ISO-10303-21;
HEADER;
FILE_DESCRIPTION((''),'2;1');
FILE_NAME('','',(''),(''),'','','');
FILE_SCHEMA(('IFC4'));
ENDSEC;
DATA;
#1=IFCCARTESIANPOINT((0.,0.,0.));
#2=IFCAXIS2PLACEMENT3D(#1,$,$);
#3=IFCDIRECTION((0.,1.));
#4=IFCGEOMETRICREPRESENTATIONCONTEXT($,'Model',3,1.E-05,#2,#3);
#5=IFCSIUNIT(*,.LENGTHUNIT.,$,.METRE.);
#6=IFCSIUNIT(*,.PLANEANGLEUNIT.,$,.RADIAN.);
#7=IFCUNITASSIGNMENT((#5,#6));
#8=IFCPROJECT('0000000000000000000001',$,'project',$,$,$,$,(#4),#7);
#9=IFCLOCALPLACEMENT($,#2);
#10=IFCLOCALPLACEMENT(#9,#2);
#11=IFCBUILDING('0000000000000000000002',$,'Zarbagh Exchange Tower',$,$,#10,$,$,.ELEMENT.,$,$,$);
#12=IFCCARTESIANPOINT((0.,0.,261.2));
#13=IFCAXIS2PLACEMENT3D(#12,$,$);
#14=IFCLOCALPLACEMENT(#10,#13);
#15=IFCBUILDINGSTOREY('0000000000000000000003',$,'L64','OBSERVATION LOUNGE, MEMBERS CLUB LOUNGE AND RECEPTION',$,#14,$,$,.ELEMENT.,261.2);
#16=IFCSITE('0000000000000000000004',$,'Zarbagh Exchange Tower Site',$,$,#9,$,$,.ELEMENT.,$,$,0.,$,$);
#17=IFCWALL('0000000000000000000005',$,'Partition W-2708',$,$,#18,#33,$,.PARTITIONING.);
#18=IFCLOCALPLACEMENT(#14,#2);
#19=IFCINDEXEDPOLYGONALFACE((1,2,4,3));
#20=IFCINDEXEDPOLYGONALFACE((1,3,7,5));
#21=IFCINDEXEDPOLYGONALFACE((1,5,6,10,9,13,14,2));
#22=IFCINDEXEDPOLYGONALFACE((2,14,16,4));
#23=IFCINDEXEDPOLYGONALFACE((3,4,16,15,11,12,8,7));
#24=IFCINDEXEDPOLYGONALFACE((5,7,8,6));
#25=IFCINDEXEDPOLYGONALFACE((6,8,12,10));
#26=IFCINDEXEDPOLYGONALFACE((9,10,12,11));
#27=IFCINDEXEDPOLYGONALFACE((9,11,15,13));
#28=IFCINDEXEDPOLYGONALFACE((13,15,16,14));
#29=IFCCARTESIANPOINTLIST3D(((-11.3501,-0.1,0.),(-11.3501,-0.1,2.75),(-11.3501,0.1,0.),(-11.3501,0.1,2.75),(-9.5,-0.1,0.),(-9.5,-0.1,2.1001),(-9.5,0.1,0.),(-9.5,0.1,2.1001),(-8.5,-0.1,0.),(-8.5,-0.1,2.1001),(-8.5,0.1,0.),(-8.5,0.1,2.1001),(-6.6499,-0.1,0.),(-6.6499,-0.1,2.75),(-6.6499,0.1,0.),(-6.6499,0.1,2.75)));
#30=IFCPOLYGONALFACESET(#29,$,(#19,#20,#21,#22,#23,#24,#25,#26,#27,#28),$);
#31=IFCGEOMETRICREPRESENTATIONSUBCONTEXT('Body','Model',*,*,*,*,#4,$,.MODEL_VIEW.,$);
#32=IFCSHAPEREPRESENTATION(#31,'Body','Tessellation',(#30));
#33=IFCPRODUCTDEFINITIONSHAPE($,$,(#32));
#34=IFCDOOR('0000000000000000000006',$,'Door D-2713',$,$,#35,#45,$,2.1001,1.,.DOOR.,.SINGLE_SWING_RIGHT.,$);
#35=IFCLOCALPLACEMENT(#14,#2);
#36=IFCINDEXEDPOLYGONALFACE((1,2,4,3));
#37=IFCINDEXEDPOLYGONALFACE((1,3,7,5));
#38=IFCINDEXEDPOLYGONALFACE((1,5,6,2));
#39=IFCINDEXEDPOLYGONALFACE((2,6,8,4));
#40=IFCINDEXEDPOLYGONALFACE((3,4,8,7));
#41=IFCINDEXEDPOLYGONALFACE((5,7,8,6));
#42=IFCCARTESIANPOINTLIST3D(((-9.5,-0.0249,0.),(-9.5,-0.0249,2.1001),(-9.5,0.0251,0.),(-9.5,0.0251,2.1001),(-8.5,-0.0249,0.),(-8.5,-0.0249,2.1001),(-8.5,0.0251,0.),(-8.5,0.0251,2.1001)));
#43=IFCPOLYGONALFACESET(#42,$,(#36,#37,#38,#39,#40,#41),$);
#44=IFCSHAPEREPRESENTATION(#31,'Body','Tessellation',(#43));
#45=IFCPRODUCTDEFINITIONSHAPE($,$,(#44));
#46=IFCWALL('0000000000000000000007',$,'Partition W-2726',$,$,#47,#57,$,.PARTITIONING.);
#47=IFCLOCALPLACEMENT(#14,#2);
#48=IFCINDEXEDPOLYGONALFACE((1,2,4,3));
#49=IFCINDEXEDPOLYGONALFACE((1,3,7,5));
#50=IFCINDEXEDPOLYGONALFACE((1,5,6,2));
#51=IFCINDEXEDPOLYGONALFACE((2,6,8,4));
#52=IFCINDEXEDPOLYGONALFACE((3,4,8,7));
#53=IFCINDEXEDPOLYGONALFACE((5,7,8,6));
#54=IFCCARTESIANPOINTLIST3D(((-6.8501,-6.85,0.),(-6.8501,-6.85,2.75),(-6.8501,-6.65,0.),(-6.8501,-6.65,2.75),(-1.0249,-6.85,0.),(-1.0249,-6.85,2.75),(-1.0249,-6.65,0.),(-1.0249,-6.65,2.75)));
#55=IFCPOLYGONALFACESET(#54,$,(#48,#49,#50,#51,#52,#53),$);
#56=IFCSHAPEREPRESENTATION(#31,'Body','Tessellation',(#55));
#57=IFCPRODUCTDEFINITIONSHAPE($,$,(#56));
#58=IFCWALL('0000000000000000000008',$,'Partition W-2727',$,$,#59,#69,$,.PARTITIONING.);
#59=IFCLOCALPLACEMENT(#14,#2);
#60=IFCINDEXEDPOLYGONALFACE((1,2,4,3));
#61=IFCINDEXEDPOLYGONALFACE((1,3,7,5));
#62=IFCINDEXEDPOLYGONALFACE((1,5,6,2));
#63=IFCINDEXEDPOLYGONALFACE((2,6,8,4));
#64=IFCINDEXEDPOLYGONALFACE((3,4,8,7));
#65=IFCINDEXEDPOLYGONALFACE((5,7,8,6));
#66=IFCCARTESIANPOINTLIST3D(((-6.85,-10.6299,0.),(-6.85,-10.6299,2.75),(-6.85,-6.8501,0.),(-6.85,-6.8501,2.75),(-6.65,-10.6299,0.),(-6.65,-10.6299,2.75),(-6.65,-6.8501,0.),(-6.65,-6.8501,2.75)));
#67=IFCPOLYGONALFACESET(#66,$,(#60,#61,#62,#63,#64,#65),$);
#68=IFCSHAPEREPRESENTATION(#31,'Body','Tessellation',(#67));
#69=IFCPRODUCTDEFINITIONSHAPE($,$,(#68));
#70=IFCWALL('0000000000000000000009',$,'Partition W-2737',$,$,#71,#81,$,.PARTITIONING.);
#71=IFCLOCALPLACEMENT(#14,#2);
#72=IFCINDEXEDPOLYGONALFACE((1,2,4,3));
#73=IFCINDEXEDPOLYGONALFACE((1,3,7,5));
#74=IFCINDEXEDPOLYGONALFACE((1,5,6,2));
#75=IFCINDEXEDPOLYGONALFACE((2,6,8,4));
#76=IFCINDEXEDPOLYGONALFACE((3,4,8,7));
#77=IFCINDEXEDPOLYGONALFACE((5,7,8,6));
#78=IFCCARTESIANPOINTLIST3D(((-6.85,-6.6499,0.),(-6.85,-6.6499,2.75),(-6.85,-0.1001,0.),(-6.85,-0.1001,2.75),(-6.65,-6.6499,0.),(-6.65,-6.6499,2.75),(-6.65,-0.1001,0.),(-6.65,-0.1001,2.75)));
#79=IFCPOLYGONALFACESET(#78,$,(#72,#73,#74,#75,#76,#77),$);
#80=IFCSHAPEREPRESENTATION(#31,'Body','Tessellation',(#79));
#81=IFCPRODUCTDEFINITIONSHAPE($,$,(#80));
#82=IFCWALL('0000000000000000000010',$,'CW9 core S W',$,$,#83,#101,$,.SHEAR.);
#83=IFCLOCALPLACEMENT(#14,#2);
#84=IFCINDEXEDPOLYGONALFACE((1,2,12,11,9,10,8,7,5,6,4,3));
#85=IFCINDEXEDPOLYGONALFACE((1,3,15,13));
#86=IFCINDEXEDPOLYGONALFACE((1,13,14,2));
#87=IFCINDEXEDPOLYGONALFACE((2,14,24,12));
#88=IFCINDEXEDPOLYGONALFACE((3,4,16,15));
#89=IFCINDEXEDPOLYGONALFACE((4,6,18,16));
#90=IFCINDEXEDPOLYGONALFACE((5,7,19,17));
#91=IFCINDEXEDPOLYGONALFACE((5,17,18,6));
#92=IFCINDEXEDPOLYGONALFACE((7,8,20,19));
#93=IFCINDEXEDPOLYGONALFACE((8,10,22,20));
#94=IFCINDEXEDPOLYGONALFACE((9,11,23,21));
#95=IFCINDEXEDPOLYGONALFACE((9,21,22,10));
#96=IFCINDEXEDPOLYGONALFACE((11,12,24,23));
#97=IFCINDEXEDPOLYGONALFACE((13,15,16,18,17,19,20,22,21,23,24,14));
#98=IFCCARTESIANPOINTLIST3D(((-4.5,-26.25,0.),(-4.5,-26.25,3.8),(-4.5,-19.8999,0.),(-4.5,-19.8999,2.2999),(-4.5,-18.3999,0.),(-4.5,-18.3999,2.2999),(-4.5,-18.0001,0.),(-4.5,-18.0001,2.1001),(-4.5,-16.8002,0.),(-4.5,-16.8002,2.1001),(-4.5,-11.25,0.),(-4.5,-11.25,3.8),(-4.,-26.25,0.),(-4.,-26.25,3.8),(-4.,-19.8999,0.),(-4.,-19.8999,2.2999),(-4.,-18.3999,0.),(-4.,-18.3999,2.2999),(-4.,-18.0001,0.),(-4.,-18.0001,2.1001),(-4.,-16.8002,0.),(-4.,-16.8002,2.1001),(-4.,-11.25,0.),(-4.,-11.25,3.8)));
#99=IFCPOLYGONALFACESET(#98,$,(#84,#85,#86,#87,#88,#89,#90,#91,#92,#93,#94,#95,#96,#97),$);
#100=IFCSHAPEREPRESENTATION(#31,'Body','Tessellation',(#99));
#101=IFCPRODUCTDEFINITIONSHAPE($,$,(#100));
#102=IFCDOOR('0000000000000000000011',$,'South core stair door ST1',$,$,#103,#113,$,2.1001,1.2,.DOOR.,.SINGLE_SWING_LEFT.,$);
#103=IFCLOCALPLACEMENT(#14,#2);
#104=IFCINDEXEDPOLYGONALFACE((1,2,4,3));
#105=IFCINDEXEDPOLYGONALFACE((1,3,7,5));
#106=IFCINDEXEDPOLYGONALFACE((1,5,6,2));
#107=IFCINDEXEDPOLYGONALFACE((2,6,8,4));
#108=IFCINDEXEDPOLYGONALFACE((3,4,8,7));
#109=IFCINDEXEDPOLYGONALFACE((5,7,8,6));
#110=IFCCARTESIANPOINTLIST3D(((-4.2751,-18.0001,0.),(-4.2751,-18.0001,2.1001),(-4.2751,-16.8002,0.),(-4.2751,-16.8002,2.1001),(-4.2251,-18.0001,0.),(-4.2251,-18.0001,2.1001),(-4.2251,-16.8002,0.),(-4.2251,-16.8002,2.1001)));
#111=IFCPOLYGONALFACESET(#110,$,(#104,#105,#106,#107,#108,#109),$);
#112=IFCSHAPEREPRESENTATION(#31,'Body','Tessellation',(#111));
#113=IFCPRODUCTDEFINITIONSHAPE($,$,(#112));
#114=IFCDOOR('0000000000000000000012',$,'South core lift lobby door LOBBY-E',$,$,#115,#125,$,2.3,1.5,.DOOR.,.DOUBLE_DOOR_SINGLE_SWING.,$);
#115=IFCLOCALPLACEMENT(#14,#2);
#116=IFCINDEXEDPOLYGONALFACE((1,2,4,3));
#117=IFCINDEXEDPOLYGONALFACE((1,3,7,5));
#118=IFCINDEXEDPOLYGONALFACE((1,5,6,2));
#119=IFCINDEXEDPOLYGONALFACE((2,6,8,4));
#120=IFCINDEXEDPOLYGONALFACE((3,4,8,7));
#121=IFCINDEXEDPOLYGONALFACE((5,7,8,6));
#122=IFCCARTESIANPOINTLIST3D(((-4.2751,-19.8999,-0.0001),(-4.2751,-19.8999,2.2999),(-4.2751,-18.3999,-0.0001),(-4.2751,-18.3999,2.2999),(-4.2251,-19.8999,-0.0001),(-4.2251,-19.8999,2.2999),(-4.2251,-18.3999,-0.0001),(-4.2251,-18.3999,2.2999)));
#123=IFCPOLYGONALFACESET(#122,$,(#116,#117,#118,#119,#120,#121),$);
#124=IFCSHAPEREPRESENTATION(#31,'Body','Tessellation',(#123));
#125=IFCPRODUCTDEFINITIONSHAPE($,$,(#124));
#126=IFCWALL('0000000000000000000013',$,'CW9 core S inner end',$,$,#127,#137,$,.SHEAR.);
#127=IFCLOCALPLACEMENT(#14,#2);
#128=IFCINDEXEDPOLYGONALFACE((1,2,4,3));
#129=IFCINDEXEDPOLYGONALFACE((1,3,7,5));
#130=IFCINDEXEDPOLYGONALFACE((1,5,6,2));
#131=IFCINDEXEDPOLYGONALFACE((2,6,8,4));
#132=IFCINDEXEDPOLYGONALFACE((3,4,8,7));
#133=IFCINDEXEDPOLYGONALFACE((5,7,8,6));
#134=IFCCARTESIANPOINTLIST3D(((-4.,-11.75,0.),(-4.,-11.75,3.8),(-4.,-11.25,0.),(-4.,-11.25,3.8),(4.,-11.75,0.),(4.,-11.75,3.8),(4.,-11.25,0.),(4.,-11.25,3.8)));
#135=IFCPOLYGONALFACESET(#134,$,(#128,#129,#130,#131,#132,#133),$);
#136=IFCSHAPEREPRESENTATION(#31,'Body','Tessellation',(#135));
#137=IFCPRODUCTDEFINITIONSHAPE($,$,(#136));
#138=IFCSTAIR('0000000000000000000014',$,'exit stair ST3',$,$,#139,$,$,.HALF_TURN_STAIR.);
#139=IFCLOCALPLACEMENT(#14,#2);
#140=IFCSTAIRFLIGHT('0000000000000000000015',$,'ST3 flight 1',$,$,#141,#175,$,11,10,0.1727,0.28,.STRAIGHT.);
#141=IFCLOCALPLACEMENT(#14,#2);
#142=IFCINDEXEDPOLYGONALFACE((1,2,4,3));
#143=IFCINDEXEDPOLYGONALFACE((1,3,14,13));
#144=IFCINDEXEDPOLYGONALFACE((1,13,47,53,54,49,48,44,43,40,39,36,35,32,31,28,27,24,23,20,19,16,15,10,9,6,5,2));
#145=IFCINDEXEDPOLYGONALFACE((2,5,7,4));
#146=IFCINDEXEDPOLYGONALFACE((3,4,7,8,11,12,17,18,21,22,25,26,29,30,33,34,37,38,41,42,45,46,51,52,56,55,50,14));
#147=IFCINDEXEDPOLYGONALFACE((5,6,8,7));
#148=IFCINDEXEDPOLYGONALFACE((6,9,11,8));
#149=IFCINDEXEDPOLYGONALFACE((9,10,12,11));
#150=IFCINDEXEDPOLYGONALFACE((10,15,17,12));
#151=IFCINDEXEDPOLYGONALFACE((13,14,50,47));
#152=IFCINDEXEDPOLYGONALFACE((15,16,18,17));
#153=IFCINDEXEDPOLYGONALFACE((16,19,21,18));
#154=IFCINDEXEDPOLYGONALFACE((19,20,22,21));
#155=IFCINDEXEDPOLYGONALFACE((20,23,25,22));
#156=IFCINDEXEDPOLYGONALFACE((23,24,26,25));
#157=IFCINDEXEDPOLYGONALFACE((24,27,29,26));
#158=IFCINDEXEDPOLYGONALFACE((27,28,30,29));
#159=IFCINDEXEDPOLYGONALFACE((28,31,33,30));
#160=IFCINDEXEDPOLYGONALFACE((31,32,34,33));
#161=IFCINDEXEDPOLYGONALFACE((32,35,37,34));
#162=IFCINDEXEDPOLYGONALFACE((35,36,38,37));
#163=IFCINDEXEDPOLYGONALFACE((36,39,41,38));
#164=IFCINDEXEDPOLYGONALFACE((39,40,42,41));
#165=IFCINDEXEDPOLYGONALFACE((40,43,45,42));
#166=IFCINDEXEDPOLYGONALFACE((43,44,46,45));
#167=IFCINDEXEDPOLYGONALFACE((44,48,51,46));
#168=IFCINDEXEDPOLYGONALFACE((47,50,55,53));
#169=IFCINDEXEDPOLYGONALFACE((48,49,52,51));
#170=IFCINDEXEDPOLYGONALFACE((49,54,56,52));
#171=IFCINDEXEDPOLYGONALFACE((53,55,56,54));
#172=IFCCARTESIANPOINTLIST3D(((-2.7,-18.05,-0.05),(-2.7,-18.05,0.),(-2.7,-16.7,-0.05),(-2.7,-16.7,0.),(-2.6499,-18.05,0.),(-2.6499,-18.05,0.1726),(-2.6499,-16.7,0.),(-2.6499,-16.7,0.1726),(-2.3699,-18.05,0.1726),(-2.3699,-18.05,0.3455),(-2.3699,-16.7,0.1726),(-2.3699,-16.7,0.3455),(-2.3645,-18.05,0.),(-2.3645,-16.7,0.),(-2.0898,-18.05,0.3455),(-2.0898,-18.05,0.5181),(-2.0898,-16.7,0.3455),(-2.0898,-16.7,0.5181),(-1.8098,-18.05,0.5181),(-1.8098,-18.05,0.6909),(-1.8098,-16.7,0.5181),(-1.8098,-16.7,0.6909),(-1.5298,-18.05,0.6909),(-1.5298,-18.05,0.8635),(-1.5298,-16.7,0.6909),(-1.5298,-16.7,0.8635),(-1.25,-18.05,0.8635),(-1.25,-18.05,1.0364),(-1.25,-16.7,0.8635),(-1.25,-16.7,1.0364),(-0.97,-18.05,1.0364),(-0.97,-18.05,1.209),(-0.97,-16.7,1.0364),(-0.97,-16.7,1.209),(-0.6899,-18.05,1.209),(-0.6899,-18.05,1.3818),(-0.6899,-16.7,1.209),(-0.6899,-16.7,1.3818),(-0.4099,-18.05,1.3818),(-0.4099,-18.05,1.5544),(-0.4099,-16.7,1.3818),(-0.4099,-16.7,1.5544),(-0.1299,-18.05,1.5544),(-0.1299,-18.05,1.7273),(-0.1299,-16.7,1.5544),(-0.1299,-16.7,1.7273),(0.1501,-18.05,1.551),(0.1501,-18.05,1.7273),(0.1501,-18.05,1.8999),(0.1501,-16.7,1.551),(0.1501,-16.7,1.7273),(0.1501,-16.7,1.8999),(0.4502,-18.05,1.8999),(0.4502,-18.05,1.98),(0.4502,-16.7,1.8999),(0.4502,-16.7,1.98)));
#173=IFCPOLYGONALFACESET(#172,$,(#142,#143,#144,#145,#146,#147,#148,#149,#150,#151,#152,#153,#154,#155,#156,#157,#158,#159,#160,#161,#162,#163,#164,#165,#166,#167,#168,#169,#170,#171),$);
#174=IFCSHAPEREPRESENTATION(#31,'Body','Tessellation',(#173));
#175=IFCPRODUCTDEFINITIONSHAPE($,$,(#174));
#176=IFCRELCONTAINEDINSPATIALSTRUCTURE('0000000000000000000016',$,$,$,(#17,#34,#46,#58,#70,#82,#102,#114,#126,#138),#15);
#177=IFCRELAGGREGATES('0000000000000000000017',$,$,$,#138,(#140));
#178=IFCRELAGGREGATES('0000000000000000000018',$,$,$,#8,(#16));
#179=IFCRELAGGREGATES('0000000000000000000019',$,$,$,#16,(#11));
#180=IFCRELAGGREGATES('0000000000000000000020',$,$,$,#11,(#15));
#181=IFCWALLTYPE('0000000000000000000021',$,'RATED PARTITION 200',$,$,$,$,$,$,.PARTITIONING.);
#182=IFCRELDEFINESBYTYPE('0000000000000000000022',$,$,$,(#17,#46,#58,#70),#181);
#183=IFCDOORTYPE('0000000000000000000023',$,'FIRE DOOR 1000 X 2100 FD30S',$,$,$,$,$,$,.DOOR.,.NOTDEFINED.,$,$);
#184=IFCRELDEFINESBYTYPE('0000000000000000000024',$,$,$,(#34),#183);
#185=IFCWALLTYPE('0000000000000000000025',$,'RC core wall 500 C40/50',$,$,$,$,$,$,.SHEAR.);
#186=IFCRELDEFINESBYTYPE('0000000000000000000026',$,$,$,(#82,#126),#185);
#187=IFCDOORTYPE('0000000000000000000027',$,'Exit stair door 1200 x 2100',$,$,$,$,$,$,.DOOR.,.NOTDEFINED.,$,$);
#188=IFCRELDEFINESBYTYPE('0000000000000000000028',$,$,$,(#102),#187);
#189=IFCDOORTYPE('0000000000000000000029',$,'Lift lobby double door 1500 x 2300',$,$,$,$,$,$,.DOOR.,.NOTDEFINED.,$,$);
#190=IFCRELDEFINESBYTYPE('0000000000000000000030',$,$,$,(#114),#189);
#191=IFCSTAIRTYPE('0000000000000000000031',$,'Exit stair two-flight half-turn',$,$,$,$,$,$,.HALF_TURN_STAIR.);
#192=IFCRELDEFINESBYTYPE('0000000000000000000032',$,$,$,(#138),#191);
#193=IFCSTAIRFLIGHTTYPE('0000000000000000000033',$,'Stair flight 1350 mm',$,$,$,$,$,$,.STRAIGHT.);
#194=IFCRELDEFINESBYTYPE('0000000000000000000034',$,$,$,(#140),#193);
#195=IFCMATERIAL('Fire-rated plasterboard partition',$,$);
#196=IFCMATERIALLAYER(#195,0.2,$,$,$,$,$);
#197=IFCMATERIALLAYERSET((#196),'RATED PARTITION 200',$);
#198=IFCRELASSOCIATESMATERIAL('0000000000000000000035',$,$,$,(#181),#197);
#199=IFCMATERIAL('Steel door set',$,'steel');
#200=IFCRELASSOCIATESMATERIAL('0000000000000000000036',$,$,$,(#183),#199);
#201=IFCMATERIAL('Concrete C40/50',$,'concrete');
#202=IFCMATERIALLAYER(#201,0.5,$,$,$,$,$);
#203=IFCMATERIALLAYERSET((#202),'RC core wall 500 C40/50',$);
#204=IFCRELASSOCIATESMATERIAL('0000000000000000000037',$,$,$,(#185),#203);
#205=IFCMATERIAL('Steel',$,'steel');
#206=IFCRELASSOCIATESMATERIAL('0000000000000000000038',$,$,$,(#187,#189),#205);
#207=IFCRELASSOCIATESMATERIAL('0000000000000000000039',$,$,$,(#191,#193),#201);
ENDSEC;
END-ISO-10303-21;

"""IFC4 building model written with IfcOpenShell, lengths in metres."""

from ifc_helpers import new_model, si_unit, direction, frame, frame_2d, origin, place, context, subcontext, project, spatial, polyline, rectangle, outline, extrude, material, layer, layer_set, type_object, element, fill, aggregate, save


model = new_model("IFC4")

# Units and contexts
model_context = context("Model", 3, precision=1e-05, world=origin(), true_north=direction((0.0, 1.0)))
body_context = subcontext(model_context, "Body", "Model", "MODEL_VIEW")
ifc_project = project(units=[si_unit("LENGTHUNIT", "METRE"), si_unit("PLANEANGLEUNIT", "RADIAN")], contexts=[model_context])

# Site, building, storey
site_placement = place(None, origin())
site = spatial("IfcSite", under=ifc_project, at=site_placement, Name="Zarbagh Exchange Tower Site", CompositionType="ELEMENT", RefElevation=0.0)
building_placement = place(site_placement, origin())
building = spatial("IfcBuilding", under=site, at=building_placement, Name="Zarbagh Exchange Tower", CompositionType="ELEMENT")
storey_placement = place(building_placement, frame((0.0, 0.0, 261.2)))
storey = spatial("IfcBuildingStorey", under=building, at=storey_placement, Name="L64", Description="OBSERVATION LOUNGE, MEMBERS CLUB LOUNGE AND RECEPTION", CompositionType="ELEMENT", Elevation=261.2)

# Shared definitions
ifc_material_1 = material(Name="Concrete C40/50", Category="concrete")

# Wall, opening, door
ifc_material_2 = material(Name="Fire-rated plasterboard partition")
ifc_layer_1 = layer(ifc_material_2, 0.2)
ifc_layer_set_1 = layer_set([ifc_layer_1], Name="RATED PARTITION 200")
wall_type_1 = type_object("IfcWallType", Name="RATED PARTITION 200", PredefinedType="PARTITIONING", material=ifc_layer_set_1)
wall_1_placement = place(storey_placement, frame((-6.6499, 0.0, 0.0), z_axis=(0.0, 0.0, 1.0), x_axis=(-1.0, 0.0, 0.0)))
wall_1 = element("IfcWall", 1, at=wall_1_placement, inside=storey, type_object=wall_type_1, Name="Partition W-2708", PredefinedType="PARTITIONING", context=body_context, shape_type="SweptSolid", body=[
    extrude(rectangle(XDim=4.7002, YDim=0.2, at=frame_2d((2.3501, 0.0))), origin(), (0.0, 0.0, 1.0), 2.75),
])
opening_1_placement = place(wall_1_placement, frame((1.8501, 0.0, 0.0)))
opening_1 = element("IfcOpeningElement", 2, at=opening_1_placement, cuts=wall_1, PredefinedType="OPENING", context=body_context, shape_type="SweptSolid", body=[
    extrude(rectangle(XDim=1.0, YDim=2.1001, at=frame_2d((0.5, 1.05))), frame((0.0, 0.1099, 0.0), z_axis=(0.0, -1.0, 0.0), x_axis=(1.0, 0.0, 0.0)), (0.0, 0.0, 1.0), 0.22),
])
ifc_material_3 = material(Name="Steel door set", Category="steel")
door_type_1 = type_object("IfcDoorType", Name="FIRE DOOR 1000 X 2100 FD30S", OperationType="NOTDEFINED", PredefinedType="DOOR", material=ifc_material_3)
door_1_placement = place(opening_1_placement, origin())
door_1 = element("IfcDoor", 3, at=door_1_placement, inside=storey, type_object=door_type_1, Name="Door D-2713", OperationType="SINGLE_SWING_RIGHT", OverallHeight=2.1001, OverallWidth=1.0, PredefinedType="DOOR", context=body_context, shape_type="SweptSolid", body=[
    extrude(rectangle(XDim=1.0, YDim=2.1001, at=frame_2d((0.5, 1.05))), frame((0.0, 0.0249, 0.0), z_axis=(0.0, -1.0, 0.0), x_axis=(1.0, 0.0, 0.0)), (0.0, 0.0, 1.0), 0.05),
])
fill(opening_1, door_1)

# Walls
wall_2_placement = place(storey_placement, frame((-6.8501, -6.75, 0.0), z_axis=(0.0, 0.0, 1.0), x_axis=(1.0, 0.0, 0.0)))
element("IfcWall", 4, at=wall_2_placement, inside=storey, type_object=wall_type_1, Name="Partition W-2726", PredefinedType="PARTITIONING", context=body_context, shape_type="SweptSolid", body=[
    extrude(rectangle(XDim=5.8252, YDim=0.2, at=frame_2d((2.9126, 0.0))), origin(), (0.0, 0.0, 1.0), 2.75),
])
wall_3_placement = place(storey_placement, frame((-6.75, -10.6299, 0.0), z_axis=(0.0, 0.0, 1.0), x_axis=(0.0, 1.0, 0.0)))
element("IfcWall", 5, at=wall_3_placement, inside=storey, type_object=wall_type_1, Name="Partition W-2727", PredefinedType="PARTITIONING", context=body_context, shape_type="SweptSolid", body=[
    extrude(rectangle(XDim=3.7798, YDim=0.2, at=frame_2d((1.8899, 0.0))), origin(), (0.0, 0.0, 1.0), 2.75),
])
wall_4_placement = place(storey_placement, frame((-6.75, -6.6499, 0.0), z_axis=(0.0, 0.0, 1.0), x_axis=(0.0, 1.0, 0.0)))
element("IfcWall", 6, at=wall_4_placement, inside=storey, type_object=wall_type_1, Name="Partition W-2737", PredefinedType="PARTITIONING", context=body_context, shape_type="SweptSolid", body=[
    extrude(rectangle(XDim=6.5498, YDim=0.2, at=frame_2d((3.2749, 0.0))), origin(), (0.0, 0.0, 1.0), 2.75),
])

# Wall, openings, doors
ifc_layer_2 = layer(ifc_material_1, 0.5)
ifc_layer_set_2 = layer_set([ifc_layer_2], Name="RC core wall 500 C40/50")
wall_type_2 = type_object("IfcWallType", Name="RC core wall 500 C40/50", PredefinedType="SHEAR", material=ifc_layer_set_2)
wall_5_placement = place(storey_placement, frame((-4.25, -11.25, 0.0), z_axis=(0.0, 0.0, 1.0), x_axis=(0.0, -1.0, 0.0)))
wall_5 = element("IfcWall", 7, at=wall_5_placement, inside=storey, type_object=wall_type_2, Name="CW9 core S W", PredefinedType="SHEAR", context=body_context, shape_type="SweptSolid", body=[
    extrude(rectangle(XDim=15.0, YDim=0.5, at=frame_2d((7.5, 0.0))), origin(), (0.0, 0.0, 1.0), 3.8),
])
opening_2_placement = place(wall_5_placement, frame((7.1499, 0.0, 0.0)))
opening_2 = element("IfcOpeningElement", 8, at=opening_2_placement, cuts=wall_5, PredefinedType="OPENING", context=body_context, shape_type="SweptSolid", body=[
    extrude(rectangle(XDim=1.5, YDim=2.3, at=frame_2d((0.75, 1.1499))), frame((0.0, 0.26, 0.0), z_axis=(0.0, -1.0, 0.0), x_axis=(1.0, 0.0, 0.0)), (0.0, 0.0, 1.0), 0.52),
])
opening_3_placement = place(wall_5_placement, frame((5.55, 0.0, 0.0)))
opening_3 = element("IfcOpeningElement", 9, at=opening_3_placement, cuts=wall_5, PredefinedType="OPENING", context=body_context, shape_type="SweptSolid", body=[
    extrude(rectangle(XDim=1.2, YDim=2.1001, at=frame_2d((0.6001, 1.05))), frame((0.0, 0.26, 0.0), z_axis=(0.0, -1.0, 0.0), x_axis=(1.0, 0.0, 0.0)), (0.0, 0.0, 1.0), 0.52),
])
ifc_material_4 = material(Name="Steel", Category="steel")
door_type_2 = type_object("IfcDoorType", Name="Exit stair door 1200 x 2100", OperationType="NOTDEFINED", PredefinedType="DOOR", material=ifc_material_4)
door_2_placement = place(opening_3_placement, origin())
door_2 = element("IfcDoor", 10, at=door_2_placement, inside=storey, type_object=door_type_2, Name="South core stair door ST1", OperationType="SINGLE_SWING_LEFT", OverallHeight=2.1001, OverallWidth=1.2, PredefinedType="DOOR", context=body_context, shape_type="SweptSolid", body=[
    extrude(rectangle(XDim=1.2, YDim=2.1001, at=frame_2d((0.6001, 1.05))), frame((0.0, 0.0249, 0.0), z_axis=(0.0, -1.0, 0.0), x_axis=(1.0, 0.0, 0.0)), (0.0, 0.0, 1.0), 0.05),
])
fill(opening_3, door_2)
door_type_3 = type_object("IfcDoorType", Name="Lift lobby double door 1500 x 2300", OperationType="NOTDEFINED", PredefinedType="DOOR", material=ifc_material_4)
door_3_placement = place(opening_2_placement, origin())
door_3 = element("IfcDoor", 11, at=door_3_placement, inside=storey, type_object=door_type_3, Name="South core lift lobby door LOBBY-E", OperationType="DOUBLE_DOOR_SINGLE_SWING", OverallHeight=2.3, OverallWidth=1.5, PredefinedType="DOOR", context=body_context, shape_type="SweptSolid", body=[
    extrude(rectangle(XDim=1.5, YDim=2.3, at=frame_2d((0.75, 1.1499))), frame((0.0, 0.0249, 0.0), z_axis=(0.0, -1.0, 0.0), x_axis=(1.0, 0.0, 0.0)), (0.0, 0.0, 1.0), 0.05),
])
fill(opening_2, door_3)

# Wall
wall_6_placement = place(storey_placement, frame((-4.0, -11.5, 0.0), z_axis=(0.0, 0.0, 1.0), x_axis=(1.0, 0.0, 0.0)))
element("IfcWall", 12, at=wall_6_placement, inside=storey, type_object=wall_type_2, Name="CW9 core S inner end", PredefinedType="SHEAR", context=body_context, shape_type="SweptSolid", body=[
    extrude(rectangle(XDim=8.0, YDim=0.5, at=frame_2d((4.0, 0.0))), origin(), (0.0, 0.0, 1.0), 3.8),
])

# Stair, stair flight
stair_type = type_object("IfcStairType", Name="Exit stair two-flight half-turn", PredefinedType="HALF_TURN_STAIR", material=ifc_material_1)
stair_placement = place(storey_placement, origin())
stair = element("IfcStair", 13, at=stair_placement, inside=storey, type_object=stair_type, Name="exit stair ST3", PredefinedType="HALF_TURN_STAIR")
stair_flight_type = type_object("IfcStairFlightType", Name="Stair flight 1350 mm", PredefinedType="STRAIGHT", material=ifc_material_1)
stair_flight_placement = place(storey_placement, frame((-2.6499, -17.375, 0.0), z_axis=(0.0, 0.0, 1.0), x_axis=(1.0, 0.0, 0.0)))
stair_flight = element("IfcStairFlight", 14, at=stair_flight_placement, type_object=stair_flight_type, Name="ST3 flight 1", NumberOfRisers=11, NumberOfTreads=10, PredefinedType="STRAIGHT", RiserHeight=0.1727, TreadLength=0.28, context=body_context, shape_type="SweptSolid", body=[
    extrude(outline(polyline([(-0.05, -0.05), (-0.05, 0.0), (0.0, 0.0), (0.0, 0.1726), (0.28, 0.1726), (0.28, 0.3455), (0.5601, 0.3455), (0.5601, 0.5181), (0.8401, 0.5181), (0.8401, 0.6909), (1.1201, 0.6909), (1.1201, 0.8635), (1.3999, 0.8635), (1.3999, 1.0364), (1.6799, 1.0364), (1.6799, 1.209), (1.96, 1.209), (1.96, 1.3818), (2.24, 1.3818), (2.24, 1.5544), (2.52, 1.5544), (2.52, 1.7273), (2.8, 1.7273), (2.8, 1.8999), (3.1001, 1.98), (3.1001, 1.8999), (2.8, 1.551), (0.2854, 0.0), (-0.05, -0.05)])), frame((0.0, 0.675, 0.0), z_axis=(0.0, -1.0, 0.0), x_axis=(1.0, 0.0, 0.0)), (0.0, 0.0, 1.0), 1.3501),
])
aggregate(stair, [stair_flight])

save(model, "model.ifc")
